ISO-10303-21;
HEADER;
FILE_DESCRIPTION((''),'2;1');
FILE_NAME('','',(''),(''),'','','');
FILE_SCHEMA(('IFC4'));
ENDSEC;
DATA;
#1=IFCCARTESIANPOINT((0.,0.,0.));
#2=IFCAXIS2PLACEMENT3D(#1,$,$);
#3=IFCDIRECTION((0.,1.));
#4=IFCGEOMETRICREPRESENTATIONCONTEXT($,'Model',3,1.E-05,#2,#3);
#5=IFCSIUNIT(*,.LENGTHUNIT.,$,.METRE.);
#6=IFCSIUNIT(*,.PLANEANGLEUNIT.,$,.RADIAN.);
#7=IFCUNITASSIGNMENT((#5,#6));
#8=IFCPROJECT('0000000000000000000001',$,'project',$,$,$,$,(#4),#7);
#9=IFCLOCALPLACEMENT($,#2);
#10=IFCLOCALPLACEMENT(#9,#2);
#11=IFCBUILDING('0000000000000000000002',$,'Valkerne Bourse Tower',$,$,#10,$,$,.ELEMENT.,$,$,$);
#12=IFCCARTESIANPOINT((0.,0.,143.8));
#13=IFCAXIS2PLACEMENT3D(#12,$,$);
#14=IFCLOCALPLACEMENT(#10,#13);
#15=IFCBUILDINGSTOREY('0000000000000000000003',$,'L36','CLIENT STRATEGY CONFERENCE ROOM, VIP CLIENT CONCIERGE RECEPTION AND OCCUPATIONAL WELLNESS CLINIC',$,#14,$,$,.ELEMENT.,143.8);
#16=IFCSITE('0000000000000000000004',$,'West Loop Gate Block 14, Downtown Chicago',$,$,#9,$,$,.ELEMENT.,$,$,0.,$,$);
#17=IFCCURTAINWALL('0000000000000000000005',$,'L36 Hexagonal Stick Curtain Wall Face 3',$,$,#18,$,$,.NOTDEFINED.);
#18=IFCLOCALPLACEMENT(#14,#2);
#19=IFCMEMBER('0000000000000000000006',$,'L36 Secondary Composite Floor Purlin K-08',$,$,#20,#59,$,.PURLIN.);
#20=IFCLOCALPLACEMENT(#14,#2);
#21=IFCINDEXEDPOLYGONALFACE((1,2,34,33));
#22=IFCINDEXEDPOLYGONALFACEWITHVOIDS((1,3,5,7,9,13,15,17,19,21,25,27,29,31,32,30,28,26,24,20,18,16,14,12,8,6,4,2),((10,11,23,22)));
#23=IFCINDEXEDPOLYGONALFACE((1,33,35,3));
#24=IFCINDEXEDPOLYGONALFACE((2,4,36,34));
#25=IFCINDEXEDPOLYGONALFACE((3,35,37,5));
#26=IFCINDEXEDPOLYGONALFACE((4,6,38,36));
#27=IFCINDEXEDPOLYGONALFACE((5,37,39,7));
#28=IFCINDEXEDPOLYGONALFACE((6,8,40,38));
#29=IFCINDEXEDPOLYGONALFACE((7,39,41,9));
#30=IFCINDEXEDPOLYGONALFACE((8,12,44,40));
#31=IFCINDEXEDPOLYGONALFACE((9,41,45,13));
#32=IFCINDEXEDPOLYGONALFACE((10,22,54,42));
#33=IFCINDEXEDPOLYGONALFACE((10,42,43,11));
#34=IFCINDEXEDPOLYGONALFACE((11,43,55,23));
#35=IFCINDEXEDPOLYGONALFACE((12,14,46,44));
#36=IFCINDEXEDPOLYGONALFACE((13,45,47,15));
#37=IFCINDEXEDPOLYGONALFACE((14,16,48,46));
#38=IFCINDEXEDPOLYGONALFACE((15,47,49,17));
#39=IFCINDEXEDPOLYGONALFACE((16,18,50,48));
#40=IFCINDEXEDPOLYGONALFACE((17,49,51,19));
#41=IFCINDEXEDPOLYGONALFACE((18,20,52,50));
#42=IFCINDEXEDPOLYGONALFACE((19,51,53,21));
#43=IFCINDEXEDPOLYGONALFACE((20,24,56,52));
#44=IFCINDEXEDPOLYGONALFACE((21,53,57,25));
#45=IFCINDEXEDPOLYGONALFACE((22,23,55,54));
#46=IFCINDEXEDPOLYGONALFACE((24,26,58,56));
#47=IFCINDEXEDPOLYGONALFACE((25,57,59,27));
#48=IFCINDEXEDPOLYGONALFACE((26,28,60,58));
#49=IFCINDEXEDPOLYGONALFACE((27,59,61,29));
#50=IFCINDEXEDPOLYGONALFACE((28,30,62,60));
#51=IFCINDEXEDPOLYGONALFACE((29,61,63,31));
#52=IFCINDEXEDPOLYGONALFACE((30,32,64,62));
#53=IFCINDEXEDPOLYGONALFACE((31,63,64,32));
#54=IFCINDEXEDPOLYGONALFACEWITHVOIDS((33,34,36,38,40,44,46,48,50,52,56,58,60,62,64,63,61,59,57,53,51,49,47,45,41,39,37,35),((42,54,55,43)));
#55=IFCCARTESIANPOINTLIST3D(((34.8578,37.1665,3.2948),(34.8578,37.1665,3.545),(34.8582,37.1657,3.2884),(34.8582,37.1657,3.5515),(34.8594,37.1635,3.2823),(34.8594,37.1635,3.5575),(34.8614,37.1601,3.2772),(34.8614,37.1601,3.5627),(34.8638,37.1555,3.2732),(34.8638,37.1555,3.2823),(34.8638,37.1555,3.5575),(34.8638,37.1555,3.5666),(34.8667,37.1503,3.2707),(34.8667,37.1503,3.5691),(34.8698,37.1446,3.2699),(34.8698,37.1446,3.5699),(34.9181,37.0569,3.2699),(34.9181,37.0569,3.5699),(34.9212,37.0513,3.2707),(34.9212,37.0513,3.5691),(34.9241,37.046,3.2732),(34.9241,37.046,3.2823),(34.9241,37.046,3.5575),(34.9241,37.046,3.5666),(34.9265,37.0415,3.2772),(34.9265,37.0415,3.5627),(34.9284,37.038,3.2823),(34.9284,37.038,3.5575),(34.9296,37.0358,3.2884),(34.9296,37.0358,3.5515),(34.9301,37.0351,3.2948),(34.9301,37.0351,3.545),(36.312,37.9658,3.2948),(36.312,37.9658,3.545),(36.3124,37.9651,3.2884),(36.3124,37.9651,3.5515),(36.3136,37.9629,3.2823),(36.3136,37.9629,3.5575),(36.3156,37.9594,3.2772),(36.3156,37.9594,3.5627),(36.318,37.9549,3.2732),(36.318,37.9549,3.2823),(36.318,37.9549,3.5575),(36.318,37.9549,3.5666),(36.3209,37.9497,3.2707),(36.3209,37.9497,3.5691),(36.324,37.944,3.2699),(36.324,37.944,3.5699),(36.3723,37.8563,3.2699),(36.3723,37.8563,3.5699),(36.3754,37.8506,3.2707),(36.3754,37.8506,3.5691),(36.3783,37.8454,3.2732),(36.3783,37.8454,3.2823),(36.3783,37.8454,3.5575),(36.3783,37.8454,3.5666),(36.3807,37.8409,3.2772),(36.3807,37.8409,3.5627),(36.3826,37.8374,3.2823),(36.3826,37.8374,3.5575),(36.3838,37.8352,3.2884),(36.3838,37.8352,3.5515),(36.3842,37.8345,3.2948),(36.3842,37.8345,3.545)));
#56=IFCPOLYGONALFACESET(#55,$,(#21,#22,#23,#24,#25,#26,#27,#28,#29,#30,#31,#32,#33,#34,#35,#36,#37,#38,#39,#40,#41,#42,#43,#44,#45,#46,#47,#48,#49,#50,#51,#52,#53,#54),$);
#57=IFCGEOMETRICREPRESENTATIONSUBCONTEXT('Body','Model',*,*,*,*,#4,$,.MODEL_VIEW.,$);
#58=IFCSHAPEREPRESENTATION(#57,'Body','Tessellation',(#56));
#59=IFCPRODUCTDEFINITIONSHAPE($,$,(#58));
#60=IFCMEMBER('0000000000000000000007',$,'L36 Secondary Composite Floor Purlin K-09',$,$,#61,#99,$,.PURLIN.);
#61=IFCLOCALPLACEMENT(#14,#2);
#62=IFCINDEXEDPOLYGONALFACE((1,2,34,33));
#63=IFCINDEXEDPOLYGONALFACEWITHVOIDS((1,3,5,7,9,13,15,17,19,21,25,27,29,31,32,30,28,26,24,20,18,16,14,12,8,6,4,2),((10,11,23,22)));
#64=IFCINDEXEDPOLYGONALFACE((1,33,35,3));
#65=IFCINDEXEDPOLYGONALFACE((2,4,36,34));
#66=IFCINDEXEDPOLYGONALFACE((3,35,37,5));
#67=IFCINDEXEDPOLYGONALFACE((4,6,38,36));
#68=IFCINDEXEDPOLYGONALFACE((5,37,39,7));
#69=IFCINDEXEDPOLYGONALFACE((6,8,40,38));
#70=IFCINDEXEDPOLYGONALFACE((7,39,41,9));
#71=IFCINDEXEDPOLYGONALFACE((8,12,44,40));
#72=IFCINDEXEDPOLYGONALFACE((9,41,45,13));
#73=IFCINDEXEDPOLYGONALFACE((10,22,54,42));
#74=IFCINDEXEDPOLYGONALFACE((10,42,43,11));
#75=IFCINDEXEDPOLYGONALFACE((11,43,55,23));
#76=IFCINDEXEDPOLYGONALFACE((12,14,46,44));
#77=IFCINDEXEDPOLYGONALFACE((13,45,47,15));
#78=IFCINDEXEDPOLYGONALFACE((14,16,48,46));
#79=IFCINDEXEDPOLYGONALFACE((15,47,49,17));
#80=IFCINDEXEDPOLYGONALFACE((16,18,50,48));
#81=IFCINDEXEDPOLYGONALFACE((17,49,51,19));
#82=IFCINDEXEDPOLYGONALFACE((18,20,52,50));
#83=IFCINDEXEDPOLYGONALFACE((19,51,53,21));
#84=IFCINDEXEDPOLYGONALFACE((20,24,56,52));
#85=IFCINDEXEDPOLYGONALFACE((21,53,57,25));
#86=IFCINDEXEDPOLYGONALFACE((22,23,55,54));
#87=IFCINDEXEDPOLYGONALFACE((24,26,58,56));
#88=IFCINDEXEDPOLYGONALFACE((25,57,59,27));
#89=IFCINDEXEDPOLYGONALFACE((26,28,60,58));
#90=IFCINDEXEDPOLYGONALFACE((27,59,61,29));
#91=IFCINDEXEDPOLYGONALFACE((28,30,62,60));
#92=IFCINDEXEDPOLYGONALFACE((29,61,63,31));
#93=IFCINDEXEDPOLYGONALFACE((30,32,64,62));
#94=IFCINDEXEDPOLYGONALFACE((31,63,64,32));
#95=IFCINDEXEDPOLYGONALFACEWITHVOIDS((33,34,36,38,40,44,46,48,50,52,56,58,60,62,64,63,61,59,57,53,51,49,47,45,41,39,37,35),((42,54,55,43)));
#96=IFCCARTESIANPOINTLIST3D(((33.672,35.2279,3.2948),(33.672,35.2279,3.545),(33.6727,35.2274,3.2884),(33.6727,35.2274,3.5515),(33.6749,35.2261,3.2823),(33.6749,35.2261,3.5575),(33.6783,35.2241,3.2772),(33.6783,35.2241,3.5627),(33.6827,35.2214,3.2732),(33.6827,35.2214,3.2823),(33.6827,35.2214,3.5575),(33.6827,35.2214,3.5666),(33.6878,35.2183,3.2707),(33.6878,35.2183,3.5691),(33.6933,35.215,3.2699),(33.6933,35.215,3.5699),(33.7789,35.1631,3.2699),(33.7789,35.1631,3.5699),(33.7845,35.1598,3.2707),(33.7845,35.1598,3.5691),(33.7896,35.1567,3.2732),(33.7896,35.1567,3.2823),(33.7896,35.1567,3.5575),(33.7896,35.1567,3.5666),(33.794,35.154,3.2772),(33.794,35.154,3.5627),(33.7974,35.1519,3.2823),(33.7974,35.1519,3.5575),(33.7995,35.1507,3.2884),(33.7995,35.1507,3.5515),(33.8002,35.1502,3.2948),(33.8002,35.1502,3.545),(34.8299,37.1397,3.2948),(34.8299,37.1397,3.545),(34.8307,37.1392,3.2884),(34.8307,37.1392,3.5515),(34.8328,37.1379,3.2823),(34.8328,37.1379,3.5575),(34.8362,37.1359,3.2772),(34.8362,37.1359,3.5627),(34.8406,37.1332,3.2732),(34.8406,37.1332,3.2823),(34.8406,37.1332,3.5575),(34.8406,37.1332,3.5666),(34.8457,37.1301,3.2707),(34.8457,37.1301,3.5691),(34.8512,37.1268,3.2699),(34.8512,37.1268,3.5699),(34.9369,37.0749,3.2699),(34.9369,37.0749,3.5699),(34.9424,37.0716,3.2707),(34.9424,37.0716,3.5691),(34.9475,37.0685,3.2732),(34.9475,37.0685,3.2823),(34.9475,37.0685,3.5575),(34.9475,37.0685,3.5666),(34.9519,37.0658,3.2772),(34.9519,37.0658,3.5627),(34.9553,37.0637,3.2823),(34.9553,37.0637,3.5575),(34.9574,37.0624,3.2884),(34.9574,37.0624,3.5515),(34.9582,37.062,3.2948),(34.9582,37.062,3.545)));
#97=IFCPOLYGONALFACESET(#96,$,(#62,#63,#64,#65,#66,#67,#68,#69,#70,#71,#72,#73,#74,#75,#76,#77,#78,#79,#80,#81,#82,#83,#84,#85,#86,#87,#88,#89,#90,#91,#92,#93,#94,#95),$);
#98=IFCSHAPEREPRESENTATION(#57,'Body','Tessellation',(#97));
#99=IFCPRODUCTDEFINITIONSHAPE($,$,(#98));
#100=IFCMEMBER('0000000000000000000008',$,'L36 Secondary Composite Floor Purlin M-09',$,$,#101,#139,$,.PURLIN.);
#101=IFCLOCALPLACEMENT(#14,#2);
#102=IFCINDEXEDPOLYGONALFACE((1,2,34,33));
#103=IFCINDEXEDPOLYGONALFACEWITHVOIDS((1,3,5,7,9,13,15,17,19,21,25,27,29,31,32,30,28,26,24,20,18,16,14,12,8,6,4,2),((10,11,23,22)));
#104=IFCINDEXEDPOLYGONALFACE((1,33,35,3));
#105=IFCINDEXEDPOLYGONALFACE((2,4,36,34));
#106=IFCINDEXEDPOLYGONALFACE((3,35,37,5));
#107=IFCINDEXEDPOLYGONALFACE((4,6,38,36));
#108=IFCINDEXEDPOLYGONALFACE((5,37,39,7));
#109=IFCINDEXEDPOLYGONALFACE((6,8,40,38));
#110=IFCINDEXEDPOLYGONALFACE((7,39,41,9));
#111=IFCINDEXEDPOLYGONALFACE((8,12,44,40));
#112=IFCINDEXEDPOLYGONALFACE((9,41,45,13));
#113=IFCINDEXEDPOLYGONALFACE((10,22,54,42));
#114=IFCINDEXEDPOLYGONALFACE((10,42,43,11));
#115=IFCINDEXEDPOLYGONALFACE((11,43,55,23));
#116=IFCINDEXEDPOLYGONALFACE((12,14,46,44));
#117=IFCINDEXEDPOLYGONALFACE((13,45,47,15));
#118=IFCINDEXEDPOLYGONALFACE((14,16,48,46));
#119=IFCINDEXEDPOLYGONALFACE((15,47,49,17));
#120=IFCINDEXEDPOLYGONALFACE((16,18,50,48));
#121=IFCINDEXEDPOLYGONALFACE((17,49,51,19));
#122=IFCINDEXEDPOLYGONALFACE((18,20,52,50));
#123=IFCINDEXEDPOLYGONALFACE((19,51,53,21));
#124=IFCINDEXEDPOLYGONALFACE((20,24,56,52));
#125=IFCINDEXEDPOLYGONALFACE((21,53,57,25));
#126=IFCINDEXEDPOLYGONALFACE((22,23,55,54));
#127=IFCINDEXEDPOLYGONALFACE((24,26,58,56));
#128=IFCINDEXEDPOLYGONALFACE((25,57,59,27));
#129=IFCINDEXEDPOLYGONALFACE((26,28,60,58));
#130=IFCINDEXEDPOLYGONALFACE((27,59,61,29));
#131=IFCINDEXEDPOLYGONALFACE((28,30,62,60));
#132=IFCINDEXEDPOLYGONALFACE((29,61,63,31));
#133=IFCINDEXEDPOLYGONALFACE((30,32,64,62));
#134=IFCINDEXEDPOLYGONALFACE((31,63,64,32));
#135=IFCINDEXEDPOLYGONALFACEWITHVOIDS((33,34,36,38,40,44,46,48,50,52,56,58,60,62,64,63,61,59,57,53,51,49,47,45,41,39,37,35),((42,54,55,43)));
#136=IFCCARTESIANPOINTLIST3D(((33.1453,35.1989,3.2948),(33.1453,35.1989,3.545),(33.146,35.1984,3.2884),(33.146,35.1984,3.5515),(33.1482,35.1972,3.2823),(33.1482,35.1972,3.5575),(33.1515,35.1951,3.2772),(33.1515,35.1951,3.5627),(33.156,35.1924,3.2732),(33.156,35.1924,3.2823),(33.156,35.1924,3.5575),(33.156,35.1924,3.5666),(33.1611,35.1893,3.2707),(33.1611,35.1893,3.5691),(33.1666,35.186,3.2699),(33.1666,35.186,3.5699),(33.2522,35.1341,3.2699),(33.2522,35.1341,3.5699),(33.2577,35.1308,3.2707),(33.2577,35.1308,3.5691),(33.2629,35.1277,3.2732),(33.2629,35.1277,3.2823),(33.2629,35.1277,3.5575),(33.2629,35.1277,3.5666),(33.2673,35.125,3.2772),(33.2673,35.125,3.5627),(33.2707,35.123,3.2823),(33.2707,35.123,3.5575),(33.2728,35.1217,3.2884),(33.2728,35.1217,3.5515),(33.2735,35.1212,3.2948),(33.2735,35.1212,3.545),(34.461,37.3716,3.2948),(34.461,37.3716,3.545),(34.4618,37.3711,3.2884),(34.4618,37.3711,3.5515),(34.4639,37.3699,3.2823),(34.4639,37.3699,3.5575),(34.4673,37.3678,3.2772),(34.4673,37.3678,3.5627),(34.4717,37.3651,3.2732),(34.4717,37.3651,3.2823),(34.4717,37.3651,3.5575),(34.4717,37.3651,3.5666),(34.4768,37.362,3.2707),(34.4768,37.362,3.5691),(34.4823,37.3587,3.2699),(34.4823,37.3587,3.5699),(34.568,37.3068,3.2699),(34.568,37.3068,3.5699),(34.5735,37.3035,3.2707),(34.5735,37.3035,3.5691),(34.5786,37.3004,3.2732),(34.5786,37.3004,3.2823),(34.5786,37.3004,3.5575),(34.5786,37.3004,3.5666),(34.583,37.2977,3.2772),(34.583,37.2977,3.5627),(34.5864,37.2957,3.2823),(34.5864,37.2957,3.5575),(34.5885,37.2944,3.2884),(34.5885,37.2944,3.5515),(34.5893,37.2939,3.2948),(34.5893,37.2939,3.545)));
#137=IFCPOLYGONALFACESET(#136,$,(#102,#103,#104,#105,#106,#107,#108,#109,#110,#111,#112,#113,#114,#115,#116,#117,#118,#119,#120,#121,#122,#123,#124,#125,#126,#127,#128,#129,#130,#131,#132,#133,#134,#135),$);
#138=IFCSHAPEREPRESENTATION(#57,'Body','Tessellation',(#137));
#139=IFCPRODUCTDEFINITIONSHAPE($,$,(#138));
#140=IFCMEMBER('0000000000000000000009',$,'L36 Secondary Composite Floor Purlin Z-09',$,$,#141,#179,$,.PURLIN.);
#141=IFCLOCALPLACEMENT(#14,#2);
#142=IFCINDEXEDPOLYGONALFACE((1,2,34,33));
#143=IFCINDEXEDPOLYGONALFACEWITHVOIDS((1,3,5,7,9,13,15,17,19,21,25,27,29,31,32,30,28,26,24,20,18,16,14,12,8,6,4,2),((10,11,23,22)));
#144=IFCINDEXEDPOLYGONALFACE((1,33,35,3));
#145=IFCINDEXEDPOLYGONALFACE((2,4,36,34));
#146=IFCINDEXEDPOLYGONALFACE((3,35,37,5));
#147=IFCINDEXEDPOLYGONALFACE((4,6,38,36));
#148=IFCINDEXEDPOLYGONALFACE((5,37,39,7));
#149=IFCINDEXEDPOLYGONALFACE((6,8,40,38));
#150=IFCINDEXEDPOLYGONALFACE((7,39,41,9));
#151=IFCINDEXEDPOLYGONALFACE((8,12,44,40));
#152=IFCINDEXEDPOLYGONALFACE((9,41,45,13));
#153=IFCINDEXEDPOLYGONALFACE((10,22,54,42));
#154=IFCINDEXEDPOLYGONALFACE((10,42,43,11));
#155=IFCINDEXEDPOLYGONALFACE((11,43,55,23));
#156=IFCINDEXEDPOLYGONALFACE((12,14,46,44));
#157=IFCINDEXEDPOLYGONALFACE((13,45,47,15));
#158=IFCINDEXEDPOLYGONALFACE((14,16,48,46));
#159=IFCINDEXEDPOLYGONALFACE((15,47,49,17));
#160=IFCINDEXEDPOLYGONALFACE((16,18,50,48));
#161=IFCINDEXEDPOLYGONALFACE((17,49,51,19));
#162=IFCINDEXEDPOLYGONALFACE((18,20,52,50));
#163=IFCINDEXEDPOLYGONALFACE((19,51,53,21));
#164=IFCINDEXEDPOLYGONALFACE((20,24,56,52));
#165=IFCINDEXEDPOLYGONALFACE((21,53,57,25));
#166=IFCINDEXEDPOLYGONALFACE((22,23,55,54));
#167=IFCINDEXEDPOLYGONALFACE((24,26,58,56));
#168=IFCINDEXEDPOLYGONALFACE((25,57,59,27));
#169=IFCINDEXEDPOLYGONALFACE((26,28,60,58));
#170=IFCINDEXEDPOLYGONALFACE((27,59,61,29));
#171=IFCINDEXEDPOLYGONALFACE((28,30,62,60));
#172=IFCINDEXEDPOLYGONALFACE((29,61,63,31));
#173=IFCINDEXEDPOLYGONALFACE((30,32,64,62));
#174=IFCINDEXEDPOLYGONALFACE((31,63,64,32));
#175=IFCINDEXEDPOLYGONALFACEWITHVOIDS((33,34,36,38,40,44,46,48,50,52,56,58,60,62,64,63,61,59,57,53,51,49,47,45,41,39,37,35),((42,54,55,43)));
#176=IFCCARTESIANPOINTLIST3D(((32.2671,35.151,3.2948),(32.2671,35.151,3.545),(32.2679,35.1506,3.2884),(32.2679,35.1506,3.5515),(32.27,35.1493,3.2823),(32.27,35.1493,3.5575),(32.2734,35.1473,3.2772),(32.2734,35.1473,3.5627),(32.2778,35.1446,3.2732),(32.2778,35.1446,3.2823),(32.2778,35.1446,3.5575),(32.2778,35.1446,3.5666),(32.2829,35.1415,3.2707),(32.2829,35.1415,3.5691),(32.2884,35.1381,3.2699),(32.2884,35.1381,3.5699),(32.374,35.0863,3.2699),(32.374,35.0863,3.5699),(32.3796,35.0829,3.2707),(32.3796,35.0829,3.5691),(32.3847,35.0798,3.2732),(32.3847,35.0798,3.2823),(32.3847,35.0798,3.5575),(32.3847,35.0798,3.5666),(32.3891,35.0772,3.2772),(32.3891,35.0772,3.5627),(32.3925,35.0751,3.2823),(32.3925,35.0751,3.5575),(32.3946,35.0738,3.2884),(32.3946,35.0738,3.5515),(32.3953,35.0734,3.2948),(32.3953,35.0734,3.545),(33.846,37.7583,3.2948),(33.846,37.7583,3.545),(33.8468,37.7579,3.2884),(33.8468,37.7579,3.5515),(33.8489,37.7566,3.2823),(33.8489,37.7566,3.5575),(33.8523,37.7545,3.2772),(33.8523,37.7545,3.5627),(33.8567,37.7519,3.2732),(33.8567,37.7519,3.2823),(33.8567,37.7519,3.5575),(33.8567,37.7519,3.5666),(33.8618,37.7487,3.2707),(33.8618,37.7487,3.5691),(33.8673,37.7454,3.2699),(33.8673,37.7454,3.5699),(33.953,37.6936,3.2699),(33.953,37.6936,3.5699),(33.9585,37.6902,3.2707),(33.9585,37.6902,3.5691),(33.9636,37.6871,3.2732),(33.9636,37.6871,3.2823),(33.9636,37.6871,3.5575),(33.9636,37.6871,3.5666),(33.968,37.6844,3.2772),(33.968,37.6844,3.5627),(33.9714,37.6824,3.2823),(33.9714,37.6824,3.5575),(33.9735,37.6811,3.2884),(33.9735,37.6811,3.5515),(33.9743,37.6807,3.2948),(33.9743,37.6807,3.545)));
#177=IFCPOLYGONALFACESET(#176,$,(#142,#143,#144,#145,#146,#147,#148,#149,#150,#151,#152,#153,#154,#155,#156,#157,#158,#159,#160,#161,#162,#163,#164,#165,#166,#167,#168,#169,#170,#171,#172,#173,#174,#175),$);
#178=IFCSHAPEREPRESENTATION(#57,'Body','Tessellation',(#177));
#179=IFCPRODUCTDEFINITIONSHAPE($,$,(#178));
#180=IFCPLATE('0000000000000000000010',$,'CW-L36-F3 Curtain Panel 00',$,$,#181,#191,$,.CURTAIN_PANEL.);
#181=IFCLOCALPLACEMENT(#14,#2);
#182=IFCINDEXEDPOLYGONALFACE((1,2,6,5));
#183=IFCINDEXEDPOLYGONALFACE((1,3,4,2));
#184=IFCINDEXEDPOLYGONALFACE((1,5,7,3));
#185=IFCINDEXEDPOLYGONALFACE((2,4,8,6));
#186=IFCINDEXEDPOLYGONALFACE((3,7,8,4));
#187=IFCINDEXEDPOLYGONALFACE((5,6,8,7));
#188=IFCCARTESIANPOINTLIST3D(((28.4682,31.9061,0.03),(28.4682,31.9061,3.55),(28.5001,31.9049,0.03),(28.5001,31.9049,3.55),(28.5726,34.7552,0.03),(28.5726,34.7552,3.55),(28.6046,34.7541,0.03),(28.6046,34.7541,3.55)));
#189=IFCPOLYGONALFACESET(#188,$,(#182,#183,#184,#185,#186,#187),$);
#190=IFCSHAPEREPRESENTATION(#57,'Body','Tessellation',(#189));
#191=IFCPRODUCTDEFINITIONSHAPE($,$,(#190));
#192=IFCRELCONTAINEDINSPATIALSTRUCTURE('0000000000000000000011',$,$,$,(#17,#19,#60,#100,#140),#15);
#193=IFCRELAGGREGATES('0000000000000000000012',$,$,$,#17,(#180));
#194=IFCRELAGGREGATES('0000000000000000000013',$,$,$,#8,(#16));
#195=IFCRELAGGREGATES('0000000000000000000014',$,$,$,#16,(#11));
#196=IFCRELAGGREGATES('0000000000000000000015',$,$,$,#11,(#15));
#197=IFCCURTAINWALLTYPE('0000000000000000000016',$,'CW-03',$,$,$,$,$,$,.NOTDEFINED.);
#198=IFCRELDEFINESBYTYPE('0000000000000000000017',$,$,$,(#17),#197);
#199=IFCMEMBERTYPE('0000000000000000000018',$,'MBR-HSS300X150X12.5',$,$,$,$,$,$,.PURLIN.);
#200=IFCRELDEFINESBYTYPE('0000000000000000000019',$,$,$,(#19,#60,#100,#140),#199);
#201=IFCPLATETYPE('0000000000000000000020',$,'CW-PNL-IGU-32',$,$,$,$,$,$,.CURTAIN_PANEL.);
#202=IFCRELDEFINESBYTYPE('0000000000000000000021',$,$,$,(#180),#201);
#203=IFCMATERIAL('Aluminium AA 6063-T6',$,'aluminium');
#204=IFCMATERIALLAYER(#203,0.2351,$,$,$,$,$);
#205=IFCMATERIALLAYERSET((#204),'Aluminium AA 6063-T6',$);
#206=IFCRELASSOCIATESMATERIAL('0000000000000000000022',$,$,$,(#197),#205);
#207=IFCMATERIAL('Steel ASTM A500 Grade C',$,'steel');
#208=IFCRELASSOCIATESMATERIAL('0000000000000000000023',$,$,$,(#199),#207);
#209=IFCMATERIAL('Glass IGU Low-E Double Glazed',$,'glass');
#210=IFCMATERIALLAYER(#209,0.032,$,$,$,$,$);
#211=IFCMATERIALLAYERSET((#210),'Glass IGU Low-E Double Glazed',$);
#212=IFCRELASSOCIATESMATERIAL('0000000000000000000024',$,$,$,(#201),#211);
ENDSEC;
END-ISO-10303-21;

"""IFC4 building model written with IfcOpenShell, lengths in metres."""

from ifc_helpers import new_model, si_unit, direction, frame, origin, origin_2d, place, context, subcontext, project, spatial, rectangle, hollow_rectangle, extrude, material, layer, layer_set, material_profile, profile_set, type_object, element, aggregate, save


model = new_model("IFC4")

# Units and contexts
model_context = context("Model", 3, precision=1e-05, world=origin(), true_north=direction((0.0, 1.0)))
body_context = subcontext(model_context, "Body", "Model", "MODEL_VIEW")
ifc_project = project(units=[si_unit("LENGTHUNIT", "METRE"), si_unit("PLANEANGLEUNIT", "RADIAN")], contexts=[model_context])

# Site, building, storey
site_placement = place(None, origin())
site = spatial("IfcSite", under=ifc_project, at=site_placement, Name="West Loop Gate Block 14, Downtown Chicago", CompositionType="ELEMENT", RefElevation=0.0)
building_placement = place(site_placement, origin())
building = spatial("IfcBuilding", under=site, at=building_placement, Name="Valkerne Bourse Tower", CompositionType="ELEMENT")
storey_placement = place(building_placement, frame((0.0, 0.0, 143.8)))
storey = spatial("IfcBuildingStorey", under=building, at=storey_placement, Name="L36", Description="CLIENT STRATEGY CONFERENCE ROOM, VIP CLIENT CONCIERGE RECEPTION AND OCCUPATIONAL WELLNESS CLINIC", CompositionType="ELEMENT", Elevation=143.8)

# Curtain wall
ifc_material_1 = material(Name="Aluminium AA 6063-T6", Category="aluminium")
ifc_layer_1 = layer(ifc_material_1, 0.2351)
ifc_layer_set_1 = layer_set([ifc_layer_1], Name="Aluminium AA 6063-T6")
curtain_wall_type = type_object("IfcCurtainWallType", Name="CW-03", PredefinedType="NOTDEFINED", material=ifc_layer_set_1)
curtain_wall_placement = place(storey_placement, origin())
curtain_wall = element("IfcCurtainWall", 1, at=curtain_wall_placement, inside=storey, type_object=curtain_wall_type, Name="L36 Hexagonal Stick Curtain Wall Face 3", PredefinedType="NOTDEFINED")

# Members
ifc_material_2 = material(Name="Steel ASTM A500 Grade C", Category="steel")
ifc_material_profile_1 = material_profile(ifc_material_2, hollow_rectangle(XDim=0.1499, YDim=0.3, WallThickness=0.0125, OuterFilletRadius=0.0249, at=origin_2d()), Name="HSS300X150X12.5")
ifc_profile_set_1 = profile_set([ifc_material_profile_1], Name="Steel ASTM A500 Grade C")
member_type_1 = type_object("IfcMemberType", Name="MBR-HSS300X150X12.5", PredefinedType="PURLIN", material=ifc_profile_set_1)
member_1_placement = place(storey_placement, frame((36.3481, 37.9001, 3.4199), z_axis=(-0.876328, -0.481715, 0.0), x_axis=(0.481715, -0.876328, 0.0)))
element("IfcMember", 2, at=member_1_placement, inside=storey, type_object=member_type_1, Name="L36 Secondary Composite Floor Purlin K-08", PredefinedType="PURLIN", context=body_context, shape_type="SweptSolid", body=[
    extrude(hollow_rectangle(XDim=0.1499, YDim=0.3, WallThickness=0.0125, OuterFilletRadius=0.0249, at=origin_2d()), origin(), (0.0, 0.0, 1.0), 1.6594),
])
member_2_placement = place(storey_placement, frame((34.894, 37.1008, 3.4199), z_axis=(-0.518057, -0.855346, 0.0), x_axis=(0.855346, -0.518057, 0.0)))
element("IfcMember", 3, at=member_2_placement, inside=storey, type_object=member_type_1, Name="L36 Secondary Composite Floor Purlin K-09", PredefinedType="PURLIN", context=body_context, shape_type="SweptSolid", body=[
    extrude(hollow_rectangle(XDim=0.1499, YDim=0.3, WallThickness=0.0125, OuterFilletRadius=0.0249, at=origin_2d()), origin(), (0.0, 0.0, 1.0), 2.2351),
])
member_3_placement = place(storey_placement, frame((34.5251, 37.3328, 3.4199), z_axis=(-0.517997, -0.855382, 0.0), x_axis=(0.855382, -0.517997, 0.0)))
element("IfcMember", 4, at=member_3_placement, inside=storey, type_object=member_type_1, Name="L36 Secondary Composite Floor Purlin M-09", PredefinedType="PURLIN", context=body_context, shape_type="SweptSolid", body=[
    extrude(hollow_rectangle(XDim=0.1499, YDim=0.3, WallThickness=0.0125, OuterFilletRadius=0.0249, at=origin_2d()), origin(), (0.0, 0.0, 1.0), 2.54),
])
member_4_placement = place(storey_placement, frame((33.9102, 37.7195, 3.4199), z_axis=(-0.518002, -0.85538, 0.0), x_axis=(0.85538, -0.518002, 0.0)))
element("IfcMember", 5, at=member_4_placement, inside=storey, type_object=member_type_1, Name="L36 Secondary Composite Floor Purlin Z-09", PredefinedType="PURLIN", context=body_context, shape_type="SweptSolid", body=[
    extrude(hollow_rectangle(XDim=0.1499, YDim=0.3, WallThickness=0.0125, OuterFilletRadius=0.0249, at=origin_2d()), origin(), (0.0, 0.0, 1.0), 3.0481),
])

# Plate
ifc_material_3 = material(Name="Glass IGU Low-E Double Glazed", Category="glass")
ifc_layer_2 = layer(ifc_material_3, 0.032)
ifc_layer_set_2 = layer_set([ifc_layer_2], Name="Glass IGU Low-E Double Glazed")
plate_type = type_object("IfcPlateType", Name="CW-PNL-IGU-32", PredefinedType="CURTAIN_PANEL", material=ifc_layer_set_2)
plate_placement = place(storey_placement, frame((28.5364, 33.3301, 0.03), z_axis=(0.0, 0.0, 1.0), x_axis=(-0.036648, -0.999328, 0.0)))
plate = element("IfcPlate", 6, at=plate_placement, type_object=plate_type, Name="CW-L36-F3 Curtain Panel 00", PredefinedType="CURTAIN_PANEL", context=body_context, shape_type="SweptSolid", body=[
    extrude(rectangle(XDim=2.8511, YDim=0.032, at=origin_2d()), origin(), (0.0, 0.0, 1.0), 3.52),
])
aggregate(curtain_wall, [plate])

save(model, "model.ifc")
